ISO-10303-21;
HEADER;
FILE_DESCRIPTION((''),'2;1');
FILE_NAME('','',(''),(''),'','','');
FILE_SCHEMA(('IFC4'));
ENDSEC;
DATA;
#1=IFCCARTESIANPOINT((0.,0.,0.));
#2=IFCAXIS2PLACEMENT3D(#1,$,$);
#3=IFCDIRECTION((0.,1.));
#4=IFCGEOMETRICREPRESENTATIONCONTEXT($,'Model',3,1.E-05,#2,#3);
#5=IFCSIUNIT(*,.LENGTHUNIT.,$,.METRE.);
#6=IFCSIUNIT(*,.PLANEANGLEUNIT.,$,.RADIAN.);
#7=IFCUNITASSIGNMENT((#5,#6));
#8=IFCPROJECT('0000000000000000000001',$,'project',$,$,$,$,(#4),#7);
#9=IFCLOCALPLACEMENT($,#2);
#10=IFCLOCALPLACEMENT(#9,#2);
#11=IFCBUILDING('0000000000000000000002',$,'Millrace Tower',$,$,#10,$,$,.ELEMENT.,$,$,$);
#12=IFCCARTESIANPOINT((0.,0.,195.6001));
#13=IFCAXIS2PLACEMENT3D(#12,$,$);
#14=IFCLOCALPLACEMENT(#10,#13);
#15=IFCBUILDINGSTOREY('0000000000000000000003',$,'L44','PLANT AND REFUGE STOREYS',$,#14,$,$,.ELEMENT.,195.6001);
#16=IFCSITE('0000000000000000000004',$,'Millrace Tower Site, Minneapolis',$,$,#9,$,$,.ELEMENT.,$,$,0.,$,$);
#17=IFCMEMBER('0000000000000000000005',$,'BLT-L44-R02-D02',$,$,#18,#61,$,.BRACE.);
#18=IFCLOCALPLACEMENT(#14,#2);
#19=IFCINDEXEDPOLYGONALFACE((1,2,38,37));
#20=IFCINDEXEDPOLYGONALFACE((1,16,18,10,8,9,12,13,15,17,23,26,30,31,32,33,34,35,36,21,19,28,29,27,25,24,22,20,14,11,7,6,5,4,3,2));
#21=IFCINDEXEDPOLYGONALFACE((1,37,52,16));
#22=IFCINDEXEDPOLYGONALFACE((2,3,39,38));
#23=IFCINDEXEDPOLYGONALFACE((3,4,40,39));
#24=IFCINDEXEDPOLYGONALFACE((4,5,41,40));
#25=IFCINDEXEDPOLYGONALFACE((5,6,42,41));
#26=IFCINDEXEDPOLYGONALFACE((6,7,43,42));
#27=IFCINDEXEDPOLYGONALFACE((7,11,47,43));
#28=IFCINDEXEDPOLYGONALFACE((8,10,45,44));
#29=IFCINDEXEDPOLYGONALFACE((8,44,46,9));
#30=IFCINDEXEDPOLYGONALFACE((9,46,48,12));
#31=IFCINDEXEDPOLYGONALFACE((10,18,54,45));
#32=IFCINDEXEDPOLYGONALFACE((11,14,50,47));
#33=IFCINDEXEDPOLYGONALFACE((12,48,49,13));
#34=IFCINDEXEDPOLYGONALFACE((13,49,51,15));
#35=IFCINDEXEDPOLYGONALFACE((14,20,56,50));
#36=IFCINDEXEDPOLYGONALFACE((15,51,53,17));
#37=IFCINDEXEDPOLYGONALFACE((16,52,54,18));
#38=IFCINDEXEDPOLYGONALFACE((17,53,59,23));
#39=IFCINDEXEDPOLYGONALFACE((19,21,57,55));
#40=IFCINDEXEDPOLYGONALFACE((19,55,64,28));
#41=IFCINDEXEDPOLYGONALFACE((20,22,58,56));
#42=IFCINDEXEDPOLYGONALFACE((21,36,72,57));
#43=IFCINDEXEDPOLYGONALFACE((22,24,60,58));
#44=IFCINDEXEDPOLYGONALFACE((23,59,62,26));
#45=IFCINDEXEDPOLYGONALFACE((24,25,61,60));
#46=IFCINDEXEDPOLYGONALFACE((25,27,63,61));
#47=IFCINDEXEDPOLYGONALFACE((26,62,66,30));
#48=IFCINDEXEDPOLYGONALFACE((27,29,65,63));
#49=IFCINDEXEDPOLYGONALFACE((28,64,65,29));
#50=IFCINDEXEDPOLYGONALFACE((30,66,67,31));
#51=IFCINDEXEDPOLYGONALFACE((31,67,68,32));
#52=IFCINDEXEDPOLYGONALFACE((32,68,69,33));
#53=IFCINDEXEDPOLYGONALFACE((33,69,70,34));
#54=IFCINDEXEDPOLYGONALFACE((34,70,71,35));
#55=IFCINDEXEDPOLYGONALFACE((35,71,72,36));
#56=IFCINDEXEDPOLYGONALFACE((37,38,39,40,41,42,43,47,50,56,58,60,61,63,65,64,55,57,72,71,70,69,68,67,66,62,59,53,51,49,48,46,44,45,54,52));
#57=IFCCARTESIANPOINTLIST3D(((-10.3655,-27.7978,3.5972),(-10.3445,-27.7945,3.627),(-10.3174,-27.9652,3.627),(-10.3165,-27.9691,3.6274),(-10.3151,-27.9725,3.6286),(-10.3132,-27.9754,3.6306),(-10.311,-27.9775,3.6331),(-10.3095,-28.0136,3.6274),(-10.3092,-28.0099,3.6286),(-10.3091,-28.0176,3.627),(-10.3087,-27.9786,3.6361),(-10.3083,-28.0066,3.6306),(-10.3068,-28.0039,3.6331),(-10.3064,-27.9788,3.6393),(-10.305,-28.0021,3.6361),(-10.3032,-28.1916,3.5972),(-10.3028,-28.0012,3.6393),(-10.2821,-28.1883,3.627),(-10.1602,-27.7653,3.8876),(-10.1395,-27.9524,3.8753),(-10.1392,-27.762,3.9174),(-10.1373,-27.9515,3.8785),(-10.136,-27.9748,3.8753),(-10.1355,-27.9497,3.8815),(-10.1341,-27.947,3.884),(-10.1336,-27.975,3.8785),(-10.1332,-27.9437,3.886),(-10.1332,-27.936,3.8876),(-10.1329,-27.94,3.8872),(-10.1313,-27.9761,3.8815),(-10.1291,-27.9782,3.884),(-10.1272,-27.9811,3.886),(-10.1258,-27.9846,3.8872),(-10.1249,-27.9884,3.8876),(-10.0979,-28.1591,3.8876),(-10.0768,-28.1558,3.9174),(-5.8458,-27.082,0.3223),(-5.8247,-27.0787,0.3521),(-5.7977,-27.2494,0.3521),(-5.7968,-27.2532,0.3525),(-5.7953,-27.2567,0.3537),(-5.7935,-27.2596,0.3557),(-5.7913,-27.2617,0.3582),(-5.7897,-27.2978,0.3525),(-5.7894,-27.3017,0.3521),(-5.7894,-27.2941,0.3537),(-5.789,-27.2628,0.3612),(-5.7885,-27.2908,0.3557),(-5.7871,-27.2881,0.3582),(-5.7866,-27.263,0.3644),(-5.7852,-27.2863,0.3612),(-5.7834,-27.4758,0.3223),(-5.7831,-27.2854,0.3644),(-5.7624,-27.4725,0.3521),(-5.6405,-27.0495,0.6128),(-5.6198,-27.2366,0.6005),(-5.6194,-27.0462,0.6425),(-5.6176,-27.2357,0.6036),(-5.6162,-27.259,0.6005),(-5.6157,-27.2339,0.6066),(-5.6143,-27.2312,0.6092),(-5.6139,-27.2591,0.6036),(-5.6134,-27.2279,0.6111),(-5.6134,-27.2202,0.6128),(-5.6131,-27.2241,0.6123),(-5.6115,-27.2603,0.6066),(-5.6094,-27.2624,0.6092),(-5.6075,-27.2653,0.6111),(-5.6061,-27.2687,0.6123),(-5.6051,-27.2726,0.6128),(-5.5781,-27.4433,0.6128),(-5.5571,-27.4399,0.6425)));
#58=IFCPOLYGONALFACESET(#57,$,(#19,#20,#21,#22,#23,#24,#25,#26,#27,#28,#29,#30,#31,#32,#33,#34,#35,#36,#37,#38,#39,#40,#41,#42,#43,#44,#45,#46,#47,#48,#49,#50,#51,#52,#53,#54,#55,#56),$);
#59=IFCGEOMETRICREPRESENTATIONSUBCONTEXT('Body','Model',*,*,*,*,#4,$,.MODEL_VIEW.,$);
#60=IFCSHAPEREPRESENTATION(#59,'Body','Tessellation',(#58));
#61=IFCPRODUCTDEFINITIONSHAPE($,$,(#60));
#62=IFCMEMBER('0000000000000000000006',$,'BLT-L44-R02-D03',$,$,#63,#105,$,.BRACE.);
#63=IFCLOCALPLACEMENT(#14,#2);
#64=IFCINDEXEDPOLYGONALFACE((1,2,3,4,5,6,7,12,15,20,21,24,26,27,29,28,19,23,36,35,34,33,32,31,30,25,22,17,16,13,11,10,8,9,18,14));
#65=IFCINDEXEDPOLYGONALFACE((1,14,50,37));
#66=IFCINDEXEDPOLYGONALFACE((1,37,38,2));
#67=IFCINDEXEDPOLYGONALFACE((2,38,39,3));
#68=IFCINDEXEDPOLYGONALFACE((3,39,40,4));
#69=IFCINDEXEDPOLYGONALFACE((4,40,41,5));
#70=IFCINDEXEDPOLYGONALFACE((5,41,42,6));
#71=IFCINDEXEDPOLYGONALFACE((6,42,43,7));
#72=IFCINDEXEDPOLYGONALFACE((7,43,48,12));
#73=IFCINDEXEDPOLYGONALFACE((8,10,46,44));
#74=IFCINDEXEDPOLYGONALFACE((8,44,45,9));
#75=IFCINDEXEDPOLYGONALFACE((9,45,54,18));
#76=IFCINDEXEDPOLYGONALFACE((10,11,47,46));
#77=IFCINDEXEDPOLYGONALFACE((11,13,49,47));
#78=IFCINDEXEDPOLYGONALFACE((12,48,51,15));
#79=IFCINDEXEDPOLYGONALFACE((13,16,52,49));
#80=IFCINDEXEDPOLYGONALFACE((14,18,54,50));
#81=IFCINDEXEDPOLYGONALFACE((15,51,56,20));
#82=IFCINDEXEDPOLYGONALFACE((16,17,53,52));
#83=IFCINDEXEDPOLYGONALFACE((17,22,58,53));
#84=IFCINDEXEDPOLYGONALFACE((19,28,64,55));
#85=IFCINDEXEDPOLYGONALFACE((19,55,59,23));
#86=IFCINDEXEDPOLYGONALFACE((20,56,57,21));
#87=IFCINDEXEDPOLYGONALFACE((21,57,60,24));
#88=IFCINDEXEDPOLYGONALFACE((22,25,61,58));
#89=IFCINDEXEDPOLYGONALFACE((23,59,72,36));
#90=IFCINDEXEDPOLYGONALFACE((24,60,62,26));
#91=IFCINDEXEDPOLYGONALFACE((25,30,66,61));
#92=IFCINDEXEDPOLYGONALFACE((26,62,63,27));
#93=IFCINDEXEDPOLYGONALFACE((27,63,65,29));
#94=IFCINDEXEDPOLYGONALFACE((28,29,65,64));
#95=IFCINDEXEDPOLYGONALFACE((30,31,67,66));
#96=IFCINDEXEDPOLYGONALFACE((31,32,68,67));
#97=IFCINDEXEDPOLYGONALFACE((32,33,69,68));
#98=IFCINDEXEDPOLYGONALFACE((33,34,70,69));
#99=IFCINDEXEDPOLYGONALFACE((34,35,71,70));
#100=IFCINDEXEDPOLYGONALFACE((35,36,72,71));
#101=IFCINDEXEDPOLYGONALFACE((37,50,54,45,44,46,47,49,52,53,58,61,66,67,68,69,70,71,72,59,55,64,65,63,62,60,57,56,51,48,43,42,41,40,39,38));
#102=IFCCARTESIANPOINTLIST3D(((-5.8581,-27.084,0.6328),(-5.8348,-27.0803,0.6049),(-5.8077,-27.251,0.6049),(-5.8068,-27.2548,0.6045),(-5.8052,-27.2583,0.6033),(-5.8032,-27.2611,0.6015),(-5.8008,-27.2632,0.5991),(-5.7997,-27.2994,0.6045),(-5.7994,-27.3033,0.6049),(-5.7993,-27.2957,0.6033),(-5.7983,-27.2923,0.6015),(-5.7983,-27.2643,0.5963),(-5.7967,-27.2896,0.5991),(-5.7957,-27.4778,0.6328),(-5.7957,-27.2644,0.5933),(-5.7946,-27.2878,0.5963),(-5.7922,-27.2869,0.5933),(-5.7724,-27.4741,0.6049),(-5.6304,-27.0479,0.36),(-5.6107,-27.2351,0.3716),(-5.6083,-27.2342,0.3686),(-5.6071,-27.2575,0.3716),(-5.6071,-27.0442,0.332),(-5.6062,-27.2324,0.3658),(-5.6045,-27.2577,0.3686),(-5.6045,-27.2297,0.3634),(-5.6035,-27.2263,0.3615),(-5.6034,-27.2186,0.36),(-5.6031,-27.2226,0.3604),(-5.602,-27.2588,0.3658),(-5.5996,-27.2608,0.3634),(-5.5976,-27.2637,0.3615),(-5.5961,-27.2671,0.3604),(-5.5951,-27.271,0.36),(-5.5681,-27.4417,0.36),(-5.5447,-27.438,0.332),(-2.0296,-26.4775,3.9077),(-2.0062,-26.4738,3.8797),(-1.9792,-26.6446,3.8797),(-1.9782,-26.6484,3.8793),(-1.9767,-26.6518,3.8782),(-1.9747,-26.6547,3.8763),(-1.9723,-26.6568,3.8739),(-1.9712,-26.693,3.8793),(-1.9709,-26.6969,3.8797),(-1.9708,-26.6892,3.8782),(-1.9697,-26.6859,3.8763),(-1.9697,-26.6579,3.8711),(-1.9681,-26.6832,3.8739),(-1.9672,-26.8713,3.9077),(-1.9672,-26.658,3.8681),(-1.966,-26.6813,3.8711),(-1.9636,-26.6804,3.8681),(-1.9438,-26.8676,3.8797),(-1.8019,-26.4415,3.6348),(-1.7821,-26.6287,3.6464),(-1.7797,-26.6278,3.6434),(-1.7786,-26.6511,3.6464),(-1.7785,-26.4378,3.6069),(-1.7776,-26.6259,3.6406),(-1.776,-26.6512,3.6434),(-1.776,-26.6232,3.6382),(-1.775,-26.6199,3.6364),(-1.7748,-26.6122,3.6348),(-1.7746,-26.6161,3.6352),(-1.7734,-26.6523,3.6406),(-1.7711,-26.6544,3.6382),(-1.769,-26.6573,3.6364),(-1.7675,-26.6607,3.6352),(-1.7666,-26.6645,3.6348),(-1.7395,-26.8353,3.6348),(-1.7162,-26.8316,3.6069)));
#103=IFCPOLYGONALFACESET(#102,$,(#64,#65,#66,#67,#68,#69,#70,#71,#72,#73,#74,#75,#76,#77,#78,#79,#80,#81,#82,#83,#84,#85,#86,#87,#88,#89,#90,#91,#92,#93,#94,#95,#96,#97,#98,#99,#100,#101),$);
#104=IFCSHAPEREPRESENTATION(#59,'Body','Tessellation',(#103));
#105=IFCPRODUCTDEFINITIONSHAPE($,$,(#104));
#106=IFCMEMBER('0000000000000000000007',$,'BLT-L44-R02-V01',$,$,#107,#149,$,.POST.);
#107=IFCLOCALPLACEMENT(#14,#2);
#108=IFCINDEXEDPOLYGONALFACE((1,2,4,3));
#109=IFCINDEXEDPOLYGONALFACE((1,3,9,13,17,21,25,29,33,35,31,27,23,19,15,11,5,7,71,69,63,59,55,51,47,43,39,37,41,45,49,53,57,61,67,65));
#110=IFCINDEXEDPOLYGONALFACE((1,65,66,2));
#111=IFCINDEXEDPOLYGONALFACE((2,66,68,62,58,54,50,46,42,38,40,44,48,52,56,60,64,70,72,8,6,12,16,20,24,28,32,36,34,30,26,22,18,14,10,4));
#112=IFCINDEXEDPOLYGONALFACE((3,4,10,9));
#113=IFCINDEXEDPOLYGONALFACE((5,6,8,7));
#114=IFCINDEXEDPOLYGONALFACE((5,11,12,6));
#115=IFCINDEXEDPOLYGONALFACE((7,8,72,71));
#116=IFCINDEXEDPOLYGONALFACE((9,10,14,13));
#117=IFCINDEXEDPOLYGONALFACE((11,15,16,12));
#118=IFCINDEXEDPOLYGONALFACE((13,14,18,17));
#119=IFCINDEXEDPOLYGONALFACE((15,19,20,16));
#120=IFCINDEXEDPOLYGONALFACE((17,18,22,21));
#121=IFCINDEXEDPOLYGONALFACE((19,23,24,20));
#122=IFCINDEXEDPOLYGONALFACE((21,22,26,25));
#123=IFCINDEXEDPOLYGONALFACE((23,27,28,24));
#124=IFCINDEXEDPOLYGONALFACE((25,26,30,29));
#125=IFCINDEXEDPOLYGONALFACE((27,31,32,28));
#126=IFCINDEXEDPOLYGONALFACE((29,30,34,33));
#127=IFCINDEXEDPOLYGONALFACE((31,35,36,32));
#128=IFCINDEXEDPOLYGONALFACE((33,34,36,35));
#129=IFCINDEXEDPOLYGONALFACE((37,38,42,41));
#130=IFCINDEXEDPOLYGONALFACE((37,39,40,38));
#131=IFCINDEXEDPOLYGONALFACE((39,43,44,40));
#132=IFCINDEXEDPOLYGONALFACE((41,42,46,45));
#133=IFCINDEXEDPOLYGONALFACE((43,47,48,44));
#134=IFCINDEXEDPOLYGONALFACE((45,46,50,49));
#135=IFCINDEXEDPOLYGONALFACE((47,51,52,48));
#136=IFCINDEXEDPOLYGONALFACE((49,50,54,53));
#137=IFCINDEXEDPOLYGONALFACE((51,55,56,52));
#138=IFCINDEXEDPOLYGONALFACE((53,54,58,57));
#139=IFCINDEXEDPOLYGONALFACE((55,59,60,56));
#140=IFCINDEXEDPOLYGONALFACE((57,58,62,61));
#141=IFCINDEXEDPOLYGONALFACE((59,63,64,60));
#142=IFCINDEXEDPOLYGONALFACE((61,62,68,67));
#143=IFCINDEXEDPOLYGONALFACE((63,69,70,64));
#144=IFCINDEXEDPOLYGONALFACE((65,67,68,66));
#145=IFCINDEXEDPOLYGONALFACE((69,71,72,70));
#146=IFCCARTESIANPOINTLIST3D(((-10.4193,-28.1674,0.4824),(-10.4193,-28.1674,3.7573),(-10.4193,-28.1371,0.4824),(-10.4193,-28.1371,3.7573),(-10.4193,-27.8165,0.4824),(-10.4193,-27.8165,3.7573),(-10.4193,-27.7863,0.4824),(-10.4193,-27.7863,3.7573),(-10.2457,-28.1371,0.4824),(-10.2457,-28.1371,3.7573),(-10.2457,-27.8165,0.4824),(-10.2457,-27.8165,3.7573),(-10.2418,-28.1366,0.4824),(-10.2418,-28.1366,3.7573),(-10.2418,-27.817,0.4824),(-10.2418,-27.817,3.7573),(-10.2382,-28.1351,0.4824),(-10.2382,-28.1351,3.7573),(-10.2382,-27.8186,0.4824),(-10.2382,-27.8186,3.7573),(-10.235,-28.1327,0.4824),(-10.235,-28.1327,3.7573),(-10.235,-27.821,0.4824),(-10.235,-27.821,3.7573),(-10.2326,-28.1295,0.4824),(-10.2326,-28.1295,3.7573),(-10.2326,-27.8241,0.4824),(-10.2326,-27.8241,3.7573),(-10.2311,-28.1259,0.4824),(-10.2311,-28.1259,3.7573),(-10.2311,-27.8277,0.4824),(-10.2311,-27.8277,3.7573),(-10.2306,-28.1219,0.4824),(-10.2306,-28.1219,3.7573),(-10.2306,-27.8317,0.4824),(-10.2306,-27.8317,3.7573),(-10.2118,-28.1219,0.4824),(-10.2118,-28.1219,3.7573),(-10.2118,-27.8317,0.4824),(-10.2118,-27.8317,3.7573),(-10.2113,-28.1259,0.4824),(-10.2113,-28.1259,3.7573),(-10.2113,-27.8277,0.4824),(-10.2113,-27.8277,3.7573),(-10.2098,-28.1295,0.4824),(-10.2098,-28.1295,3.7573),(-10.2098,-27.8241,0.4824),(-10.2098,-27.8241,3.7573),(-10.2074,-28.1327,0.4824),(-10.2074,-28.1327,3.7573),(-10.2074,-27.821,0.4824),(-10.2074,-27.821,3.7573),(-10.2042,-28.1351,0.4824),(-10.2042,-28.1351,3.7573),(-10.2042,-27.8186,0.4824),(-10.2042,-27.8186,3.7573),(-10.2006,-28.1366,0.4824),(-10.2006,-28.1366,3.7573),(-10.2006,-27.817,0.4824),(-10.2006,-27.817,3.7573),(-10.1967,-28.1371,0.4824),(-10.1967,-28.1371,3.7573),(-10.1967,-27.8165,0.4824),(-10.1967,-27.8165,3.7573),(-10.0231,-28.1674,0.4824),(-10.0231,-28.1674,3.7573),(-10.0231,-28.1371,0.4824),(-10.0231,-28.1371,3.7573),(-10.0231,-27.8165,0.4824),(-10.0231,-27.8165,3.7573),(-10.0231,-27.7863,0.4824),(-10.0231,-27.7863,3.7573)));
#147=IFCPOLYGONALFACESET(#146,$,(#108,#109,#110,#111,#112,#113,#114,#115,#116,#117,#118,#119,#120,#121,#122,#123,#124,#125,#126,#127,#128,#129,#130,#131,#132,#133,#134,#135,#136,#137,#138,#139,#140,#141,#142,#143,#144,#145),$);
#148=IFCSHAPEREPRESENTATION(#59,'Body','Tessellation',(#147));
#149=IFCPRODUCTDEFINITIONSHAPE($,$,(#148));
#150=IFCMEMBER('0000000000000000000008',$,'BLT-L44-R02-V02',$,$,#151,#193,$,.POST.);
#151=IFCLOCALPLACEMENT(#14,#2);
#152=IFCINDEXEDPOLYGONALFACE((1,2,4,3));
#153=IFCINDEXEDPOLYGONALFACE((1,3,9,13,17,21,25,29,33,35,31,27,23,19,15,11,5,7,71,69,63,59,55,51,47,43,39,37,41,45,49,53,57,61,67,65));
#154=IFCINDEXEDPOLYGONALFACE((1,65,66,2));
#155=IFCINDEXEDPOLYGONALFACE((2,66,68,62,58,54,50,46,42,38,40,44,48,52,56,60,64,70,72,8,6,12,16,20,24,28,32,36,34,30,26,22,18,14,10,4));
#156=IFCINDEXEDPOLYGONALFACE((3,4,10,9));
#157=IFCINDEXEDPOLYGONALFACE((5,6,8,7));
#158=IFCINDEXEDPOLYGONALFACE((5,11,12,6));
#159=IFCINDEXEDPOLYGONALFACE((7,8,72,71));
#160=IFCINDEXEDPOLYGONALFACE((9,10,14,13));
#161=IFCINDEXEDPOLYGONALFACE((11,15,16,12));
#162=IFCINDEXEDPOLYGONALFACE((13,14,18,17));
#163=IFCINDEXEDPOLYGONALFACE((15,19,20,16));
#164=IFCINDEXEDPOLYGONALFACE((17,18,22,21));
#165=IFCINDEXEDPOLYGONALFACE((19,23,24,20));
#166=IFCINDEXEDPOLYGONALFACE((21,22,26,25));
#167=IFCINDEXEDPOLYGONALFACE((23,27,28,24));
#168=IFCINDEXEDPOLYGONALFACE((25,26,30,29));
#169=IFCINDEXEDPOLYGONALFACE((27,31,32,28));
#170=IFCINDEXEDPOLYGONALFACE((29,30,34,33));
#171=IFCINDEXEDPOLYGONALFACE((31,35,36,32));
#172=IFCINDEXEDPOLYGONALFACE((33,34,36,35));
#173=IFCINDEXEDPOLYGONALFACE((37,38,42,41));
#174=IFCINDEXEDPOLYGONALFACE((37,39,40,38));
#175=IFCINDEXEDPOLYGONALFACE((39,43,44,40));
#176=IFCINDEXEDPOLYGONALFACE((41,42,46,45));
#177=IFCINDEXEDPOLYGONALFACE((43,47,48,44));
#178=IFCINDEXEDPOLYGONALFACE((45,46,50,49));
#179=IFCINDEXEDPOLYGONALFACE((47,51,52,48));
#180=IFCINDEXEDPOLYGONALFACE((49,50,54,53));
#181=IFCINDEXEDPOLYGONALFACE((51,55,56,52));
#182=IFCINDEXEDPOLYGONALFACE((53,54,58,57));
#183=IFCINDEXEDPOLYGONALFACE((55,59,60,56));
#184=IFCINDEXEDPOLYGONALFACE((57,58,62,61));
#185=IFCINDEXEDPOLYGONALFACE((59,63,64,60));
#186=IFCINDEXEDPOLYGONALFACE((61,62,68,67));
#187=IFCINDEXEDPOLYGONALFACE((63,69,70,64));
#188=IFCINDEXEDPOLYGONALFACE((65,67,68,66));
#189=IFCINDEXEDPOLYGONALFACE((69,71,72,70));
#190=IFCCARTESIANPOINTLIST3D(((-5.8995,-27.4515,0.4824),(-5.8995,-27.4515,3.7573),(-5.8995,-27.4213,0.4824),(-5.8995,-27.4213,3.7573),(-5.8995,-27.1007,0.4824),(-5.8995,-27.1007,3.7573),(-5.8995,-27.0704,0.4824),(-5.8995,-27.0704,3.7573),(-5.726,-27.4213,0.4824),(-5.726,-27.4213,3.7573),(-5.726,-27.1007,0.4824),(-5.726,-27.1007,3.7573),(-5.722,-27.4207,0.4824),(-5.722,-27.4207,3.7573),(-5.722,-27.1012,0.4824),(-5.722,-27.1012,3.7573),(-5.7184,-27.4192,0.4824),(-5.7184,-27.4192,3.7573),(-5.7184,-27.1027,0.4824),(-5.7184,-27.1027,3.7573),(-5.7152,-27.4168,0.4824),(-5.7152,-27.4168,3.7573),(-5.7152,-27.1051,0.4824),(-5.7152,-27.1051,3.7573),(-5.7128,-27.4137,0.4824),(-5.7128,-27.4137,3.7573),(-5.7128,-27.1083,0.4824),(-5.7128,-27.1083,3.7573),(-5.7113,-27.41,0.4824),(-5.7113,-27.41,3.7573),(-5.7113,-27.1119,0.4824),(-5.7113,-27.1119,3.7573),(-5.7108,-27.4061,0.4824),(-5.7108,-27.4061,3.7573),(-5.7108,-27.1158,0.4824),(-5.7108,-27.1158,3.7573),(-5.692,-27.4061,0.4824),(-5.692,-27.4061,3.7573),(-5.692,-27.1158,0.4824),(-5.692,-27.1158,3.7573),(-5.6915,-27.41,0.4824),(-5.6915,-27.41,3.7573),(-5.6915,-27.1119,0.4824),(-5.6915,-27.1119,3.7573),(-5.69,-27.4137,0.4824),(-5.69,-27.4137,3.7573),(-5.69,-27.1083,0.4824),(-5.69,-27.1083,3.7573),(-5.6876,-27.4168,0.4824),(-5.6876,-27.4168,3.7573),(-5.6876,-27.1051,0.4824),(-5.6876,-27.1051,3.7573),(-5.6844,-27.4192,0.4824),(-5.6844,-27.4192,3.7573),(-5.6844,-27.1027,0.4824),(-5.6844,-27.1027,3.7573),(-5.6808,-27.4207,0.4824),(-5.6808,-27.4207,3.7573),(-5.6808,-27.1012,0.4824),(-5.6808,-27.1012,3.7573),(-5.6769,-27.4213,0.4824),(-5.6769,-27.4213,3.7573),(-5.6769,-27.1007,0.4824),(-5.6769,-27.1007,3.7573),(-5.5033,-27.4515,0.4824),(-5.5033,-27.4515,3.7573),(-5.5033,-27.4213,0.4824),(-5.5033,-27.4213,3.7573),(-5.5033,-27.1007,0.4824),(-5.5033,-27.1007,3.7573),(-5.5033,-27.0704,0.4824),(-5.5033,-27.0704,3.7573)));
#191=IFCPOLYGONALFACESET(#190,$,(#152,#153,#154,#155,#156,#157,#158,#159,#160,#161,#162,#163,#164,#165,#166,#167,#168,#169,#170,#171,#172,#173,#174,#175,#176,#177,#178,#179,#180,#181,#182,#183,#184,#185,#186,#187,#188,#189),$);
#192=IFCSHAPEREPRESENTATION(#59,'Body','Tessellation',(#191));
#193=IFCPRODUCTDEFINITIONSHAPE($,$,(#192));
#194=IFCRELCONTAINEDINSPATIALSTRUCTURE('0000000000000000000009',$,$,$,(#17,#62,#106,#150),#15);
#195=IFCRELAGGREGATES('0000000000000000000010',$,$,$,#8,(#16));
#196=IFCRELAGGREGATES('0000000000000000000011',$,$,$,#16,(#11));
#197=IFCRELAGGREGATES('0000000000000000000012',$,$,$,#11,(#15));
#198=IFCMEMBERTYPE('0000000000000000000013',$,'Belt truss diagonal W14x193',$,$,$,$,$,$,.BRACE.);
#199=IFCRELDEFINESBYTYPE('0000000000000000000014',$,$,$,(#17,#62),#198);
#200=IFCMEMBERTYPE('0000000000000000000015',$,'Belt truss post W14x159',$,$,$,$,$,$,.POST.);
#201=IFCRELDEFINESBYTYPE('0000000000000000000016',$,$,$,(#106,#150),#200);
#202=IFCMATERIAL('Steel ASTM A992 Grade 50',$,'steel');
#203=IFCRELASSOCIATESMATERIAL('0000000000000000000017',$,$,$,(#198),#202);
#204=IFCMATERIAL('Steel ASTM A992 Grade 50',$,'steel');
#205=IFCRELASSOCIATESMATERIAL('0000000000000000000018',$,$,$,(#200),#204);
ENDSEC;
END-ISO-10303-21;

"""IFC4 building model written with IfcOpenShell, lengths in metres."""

from ifc_helpers import new_model, si_unit, direction, frame, origin, origin_2d, place, context, subcontext, project, spatial, i_section, extrude, material, material_profile, profile_set, type_object, element, save


model = new_model("IFC4")

# Units and contexts
model_context = context("Model", 3, precision=1e-05, world=origin(), true_north=direction((0.0, 1.0)))
body_context = subcontext(model_context, "Body", "Model", "MODEL_VIEW")
ifc_project = project(units=[si_unit("LENGTHUNIT", "METRE"), si_unit("PLANEANGLEUNIT", "RADIAN")], contexts=[model_context])

# Site, building, storey
site_placement = place(None, origin())
site = spatial("IfcSite", under=ifc_project, at=site_placement, Name="Millrace Tower Site, Minneapolis", CompositionType="ELEMENT", RefElevation=0.0)
building_placement = place(site_placement, origin())
building = spatial("IfcBuilding", under=site, at=building_placement, Name="Millrace Tower", CompositionType="ELEMENT")
storey_placement = place(building_placement, frame((0.0, 0.0, 195.6001)))
storey = spatial("IfcBuildingStorey", under=building, at=storey_placement, Name="L44", Description="PLANT AND REFUGE STOREYS", CompositionType="ELEMENT", Elevation=195.6001)

# Members
ifc_material_1 = material(Name="Steel ASTM A992 Grade 50", Category="steel")
ifc_material_profile_1 = material_profile(ifc_material_1, i_section(OverallWidth=0.3987, OverallDepth=0.3938, WebThickness=0.0227, FlangeThickness=0.0366, FilletRadius=0.0151, at=origin_2d()))
ifc_profile_set_1 = profile_set([ifc_material_profile_1], Name="Steel ASTM A992 Grade 50")
member_type_1 = type_object("IfcMemberType", Name="Belt truss diagonal W14x193", PredefinedType="BRACE", material=ifc_profile_set_1)
member_1_placement = place(storey_placement, frame((-5.7014, -27.261, 0.4824), z_axis=(-0.803197, -0.127206, 0.581974), x_axis=(0.156426, -0.98769, 0.0)))
element("IfcMember", 1, at=member_1_placement, inside=storey, type_object=member_type_1, Name="BLT-L44-R02-D02", PredefinedType="BRACE", context=body_context, shape_type="SweptSolid", body=[
    extrude(i_section(OverallWidth=0.3987, OverallDepth=0.3938, WebThickness=0.0227, FlangeThickness=0.0366, FilletRadius=0.0151, at=origin_2d()), origin(), (0.0, 0.0, 1.0), 5.6272),
])
member_2_placement = place(storey_placement, frame((-5.7014, -27.261, 0.4824), z_axis=(0.754474, 0.119507, 0.645358), x_axis=(-0.156448, 0.987686, 0.0)))
element("IfcMember", 2, at=member_2_placement, inside=storey, type_object=member_type_1, Name="BLT-L44-R02-D03", PredefinedType="BRACE", context=body_context, shape_type="SweptSolid", body=[
    extrude(i_section(OverallWidth=0.3987, OverallDepth=0.3938, WebThickness=0.0227, FlangeThickness=0.0366, FilletRadius=0.0151, at=origin_2d()), origin(), (0.0, 0.0, 1.0), 5.0745),
])
ifc_material_2 = material(Name="Steel ASTM A992 Grade 50", Category="steel")
ifc_material_profile_2 = material_profile(ifc_material_2, i_section(OverallWidth=0.3962, OverallDepth=0.3811, WebThickness=0.0188, FlangeThickness=0.0303, FilletRadius=0.0151, at=origin_2d()))
ifc_profile_set_2 = profile_set([ifc_material_profile_2], Name="Steel ASTM A992 Grade 50")
member_type_2 = type_object("IfcMemberType", Name="Belt truss post W14x159", PredefinedType="POST", material=ifc_profile_set_2)
for number, where, z_axis, x_axis, name in (
    (3, (-10.2212, -27.9768, 0.4824), (0.0, 0.0, 1.0), (1.0, 0.0, 0.0), "BLT-L44-R02-V01"),
    (4, (-5.7014, -27.261, 0.4824), (0.0, 0.0, 1.0), (1.0, 0.0, 0.0), "BLT-L44-R02-V02"),
):
    element("IfcMember", number, at=place(storey_placement, frame(where, z_axis=z_axis, x_axis=x_axis)), inside=storey, type_object=member_type_2, Name=name, PredefinedType="POST", context=body_context, shape_type="SweptSolid", body=[
        extrude(i_section(OverallWidth=0.3962, OverallDepth=0.3811, WebThickness=0.0188, FlangeThickness=0.0303, FilletRadius=0.0151, at=origin_2d()), origin(), (0.0, 0.0, 1.0), 3.2749),
    ])

save(model, "model.ifc")
